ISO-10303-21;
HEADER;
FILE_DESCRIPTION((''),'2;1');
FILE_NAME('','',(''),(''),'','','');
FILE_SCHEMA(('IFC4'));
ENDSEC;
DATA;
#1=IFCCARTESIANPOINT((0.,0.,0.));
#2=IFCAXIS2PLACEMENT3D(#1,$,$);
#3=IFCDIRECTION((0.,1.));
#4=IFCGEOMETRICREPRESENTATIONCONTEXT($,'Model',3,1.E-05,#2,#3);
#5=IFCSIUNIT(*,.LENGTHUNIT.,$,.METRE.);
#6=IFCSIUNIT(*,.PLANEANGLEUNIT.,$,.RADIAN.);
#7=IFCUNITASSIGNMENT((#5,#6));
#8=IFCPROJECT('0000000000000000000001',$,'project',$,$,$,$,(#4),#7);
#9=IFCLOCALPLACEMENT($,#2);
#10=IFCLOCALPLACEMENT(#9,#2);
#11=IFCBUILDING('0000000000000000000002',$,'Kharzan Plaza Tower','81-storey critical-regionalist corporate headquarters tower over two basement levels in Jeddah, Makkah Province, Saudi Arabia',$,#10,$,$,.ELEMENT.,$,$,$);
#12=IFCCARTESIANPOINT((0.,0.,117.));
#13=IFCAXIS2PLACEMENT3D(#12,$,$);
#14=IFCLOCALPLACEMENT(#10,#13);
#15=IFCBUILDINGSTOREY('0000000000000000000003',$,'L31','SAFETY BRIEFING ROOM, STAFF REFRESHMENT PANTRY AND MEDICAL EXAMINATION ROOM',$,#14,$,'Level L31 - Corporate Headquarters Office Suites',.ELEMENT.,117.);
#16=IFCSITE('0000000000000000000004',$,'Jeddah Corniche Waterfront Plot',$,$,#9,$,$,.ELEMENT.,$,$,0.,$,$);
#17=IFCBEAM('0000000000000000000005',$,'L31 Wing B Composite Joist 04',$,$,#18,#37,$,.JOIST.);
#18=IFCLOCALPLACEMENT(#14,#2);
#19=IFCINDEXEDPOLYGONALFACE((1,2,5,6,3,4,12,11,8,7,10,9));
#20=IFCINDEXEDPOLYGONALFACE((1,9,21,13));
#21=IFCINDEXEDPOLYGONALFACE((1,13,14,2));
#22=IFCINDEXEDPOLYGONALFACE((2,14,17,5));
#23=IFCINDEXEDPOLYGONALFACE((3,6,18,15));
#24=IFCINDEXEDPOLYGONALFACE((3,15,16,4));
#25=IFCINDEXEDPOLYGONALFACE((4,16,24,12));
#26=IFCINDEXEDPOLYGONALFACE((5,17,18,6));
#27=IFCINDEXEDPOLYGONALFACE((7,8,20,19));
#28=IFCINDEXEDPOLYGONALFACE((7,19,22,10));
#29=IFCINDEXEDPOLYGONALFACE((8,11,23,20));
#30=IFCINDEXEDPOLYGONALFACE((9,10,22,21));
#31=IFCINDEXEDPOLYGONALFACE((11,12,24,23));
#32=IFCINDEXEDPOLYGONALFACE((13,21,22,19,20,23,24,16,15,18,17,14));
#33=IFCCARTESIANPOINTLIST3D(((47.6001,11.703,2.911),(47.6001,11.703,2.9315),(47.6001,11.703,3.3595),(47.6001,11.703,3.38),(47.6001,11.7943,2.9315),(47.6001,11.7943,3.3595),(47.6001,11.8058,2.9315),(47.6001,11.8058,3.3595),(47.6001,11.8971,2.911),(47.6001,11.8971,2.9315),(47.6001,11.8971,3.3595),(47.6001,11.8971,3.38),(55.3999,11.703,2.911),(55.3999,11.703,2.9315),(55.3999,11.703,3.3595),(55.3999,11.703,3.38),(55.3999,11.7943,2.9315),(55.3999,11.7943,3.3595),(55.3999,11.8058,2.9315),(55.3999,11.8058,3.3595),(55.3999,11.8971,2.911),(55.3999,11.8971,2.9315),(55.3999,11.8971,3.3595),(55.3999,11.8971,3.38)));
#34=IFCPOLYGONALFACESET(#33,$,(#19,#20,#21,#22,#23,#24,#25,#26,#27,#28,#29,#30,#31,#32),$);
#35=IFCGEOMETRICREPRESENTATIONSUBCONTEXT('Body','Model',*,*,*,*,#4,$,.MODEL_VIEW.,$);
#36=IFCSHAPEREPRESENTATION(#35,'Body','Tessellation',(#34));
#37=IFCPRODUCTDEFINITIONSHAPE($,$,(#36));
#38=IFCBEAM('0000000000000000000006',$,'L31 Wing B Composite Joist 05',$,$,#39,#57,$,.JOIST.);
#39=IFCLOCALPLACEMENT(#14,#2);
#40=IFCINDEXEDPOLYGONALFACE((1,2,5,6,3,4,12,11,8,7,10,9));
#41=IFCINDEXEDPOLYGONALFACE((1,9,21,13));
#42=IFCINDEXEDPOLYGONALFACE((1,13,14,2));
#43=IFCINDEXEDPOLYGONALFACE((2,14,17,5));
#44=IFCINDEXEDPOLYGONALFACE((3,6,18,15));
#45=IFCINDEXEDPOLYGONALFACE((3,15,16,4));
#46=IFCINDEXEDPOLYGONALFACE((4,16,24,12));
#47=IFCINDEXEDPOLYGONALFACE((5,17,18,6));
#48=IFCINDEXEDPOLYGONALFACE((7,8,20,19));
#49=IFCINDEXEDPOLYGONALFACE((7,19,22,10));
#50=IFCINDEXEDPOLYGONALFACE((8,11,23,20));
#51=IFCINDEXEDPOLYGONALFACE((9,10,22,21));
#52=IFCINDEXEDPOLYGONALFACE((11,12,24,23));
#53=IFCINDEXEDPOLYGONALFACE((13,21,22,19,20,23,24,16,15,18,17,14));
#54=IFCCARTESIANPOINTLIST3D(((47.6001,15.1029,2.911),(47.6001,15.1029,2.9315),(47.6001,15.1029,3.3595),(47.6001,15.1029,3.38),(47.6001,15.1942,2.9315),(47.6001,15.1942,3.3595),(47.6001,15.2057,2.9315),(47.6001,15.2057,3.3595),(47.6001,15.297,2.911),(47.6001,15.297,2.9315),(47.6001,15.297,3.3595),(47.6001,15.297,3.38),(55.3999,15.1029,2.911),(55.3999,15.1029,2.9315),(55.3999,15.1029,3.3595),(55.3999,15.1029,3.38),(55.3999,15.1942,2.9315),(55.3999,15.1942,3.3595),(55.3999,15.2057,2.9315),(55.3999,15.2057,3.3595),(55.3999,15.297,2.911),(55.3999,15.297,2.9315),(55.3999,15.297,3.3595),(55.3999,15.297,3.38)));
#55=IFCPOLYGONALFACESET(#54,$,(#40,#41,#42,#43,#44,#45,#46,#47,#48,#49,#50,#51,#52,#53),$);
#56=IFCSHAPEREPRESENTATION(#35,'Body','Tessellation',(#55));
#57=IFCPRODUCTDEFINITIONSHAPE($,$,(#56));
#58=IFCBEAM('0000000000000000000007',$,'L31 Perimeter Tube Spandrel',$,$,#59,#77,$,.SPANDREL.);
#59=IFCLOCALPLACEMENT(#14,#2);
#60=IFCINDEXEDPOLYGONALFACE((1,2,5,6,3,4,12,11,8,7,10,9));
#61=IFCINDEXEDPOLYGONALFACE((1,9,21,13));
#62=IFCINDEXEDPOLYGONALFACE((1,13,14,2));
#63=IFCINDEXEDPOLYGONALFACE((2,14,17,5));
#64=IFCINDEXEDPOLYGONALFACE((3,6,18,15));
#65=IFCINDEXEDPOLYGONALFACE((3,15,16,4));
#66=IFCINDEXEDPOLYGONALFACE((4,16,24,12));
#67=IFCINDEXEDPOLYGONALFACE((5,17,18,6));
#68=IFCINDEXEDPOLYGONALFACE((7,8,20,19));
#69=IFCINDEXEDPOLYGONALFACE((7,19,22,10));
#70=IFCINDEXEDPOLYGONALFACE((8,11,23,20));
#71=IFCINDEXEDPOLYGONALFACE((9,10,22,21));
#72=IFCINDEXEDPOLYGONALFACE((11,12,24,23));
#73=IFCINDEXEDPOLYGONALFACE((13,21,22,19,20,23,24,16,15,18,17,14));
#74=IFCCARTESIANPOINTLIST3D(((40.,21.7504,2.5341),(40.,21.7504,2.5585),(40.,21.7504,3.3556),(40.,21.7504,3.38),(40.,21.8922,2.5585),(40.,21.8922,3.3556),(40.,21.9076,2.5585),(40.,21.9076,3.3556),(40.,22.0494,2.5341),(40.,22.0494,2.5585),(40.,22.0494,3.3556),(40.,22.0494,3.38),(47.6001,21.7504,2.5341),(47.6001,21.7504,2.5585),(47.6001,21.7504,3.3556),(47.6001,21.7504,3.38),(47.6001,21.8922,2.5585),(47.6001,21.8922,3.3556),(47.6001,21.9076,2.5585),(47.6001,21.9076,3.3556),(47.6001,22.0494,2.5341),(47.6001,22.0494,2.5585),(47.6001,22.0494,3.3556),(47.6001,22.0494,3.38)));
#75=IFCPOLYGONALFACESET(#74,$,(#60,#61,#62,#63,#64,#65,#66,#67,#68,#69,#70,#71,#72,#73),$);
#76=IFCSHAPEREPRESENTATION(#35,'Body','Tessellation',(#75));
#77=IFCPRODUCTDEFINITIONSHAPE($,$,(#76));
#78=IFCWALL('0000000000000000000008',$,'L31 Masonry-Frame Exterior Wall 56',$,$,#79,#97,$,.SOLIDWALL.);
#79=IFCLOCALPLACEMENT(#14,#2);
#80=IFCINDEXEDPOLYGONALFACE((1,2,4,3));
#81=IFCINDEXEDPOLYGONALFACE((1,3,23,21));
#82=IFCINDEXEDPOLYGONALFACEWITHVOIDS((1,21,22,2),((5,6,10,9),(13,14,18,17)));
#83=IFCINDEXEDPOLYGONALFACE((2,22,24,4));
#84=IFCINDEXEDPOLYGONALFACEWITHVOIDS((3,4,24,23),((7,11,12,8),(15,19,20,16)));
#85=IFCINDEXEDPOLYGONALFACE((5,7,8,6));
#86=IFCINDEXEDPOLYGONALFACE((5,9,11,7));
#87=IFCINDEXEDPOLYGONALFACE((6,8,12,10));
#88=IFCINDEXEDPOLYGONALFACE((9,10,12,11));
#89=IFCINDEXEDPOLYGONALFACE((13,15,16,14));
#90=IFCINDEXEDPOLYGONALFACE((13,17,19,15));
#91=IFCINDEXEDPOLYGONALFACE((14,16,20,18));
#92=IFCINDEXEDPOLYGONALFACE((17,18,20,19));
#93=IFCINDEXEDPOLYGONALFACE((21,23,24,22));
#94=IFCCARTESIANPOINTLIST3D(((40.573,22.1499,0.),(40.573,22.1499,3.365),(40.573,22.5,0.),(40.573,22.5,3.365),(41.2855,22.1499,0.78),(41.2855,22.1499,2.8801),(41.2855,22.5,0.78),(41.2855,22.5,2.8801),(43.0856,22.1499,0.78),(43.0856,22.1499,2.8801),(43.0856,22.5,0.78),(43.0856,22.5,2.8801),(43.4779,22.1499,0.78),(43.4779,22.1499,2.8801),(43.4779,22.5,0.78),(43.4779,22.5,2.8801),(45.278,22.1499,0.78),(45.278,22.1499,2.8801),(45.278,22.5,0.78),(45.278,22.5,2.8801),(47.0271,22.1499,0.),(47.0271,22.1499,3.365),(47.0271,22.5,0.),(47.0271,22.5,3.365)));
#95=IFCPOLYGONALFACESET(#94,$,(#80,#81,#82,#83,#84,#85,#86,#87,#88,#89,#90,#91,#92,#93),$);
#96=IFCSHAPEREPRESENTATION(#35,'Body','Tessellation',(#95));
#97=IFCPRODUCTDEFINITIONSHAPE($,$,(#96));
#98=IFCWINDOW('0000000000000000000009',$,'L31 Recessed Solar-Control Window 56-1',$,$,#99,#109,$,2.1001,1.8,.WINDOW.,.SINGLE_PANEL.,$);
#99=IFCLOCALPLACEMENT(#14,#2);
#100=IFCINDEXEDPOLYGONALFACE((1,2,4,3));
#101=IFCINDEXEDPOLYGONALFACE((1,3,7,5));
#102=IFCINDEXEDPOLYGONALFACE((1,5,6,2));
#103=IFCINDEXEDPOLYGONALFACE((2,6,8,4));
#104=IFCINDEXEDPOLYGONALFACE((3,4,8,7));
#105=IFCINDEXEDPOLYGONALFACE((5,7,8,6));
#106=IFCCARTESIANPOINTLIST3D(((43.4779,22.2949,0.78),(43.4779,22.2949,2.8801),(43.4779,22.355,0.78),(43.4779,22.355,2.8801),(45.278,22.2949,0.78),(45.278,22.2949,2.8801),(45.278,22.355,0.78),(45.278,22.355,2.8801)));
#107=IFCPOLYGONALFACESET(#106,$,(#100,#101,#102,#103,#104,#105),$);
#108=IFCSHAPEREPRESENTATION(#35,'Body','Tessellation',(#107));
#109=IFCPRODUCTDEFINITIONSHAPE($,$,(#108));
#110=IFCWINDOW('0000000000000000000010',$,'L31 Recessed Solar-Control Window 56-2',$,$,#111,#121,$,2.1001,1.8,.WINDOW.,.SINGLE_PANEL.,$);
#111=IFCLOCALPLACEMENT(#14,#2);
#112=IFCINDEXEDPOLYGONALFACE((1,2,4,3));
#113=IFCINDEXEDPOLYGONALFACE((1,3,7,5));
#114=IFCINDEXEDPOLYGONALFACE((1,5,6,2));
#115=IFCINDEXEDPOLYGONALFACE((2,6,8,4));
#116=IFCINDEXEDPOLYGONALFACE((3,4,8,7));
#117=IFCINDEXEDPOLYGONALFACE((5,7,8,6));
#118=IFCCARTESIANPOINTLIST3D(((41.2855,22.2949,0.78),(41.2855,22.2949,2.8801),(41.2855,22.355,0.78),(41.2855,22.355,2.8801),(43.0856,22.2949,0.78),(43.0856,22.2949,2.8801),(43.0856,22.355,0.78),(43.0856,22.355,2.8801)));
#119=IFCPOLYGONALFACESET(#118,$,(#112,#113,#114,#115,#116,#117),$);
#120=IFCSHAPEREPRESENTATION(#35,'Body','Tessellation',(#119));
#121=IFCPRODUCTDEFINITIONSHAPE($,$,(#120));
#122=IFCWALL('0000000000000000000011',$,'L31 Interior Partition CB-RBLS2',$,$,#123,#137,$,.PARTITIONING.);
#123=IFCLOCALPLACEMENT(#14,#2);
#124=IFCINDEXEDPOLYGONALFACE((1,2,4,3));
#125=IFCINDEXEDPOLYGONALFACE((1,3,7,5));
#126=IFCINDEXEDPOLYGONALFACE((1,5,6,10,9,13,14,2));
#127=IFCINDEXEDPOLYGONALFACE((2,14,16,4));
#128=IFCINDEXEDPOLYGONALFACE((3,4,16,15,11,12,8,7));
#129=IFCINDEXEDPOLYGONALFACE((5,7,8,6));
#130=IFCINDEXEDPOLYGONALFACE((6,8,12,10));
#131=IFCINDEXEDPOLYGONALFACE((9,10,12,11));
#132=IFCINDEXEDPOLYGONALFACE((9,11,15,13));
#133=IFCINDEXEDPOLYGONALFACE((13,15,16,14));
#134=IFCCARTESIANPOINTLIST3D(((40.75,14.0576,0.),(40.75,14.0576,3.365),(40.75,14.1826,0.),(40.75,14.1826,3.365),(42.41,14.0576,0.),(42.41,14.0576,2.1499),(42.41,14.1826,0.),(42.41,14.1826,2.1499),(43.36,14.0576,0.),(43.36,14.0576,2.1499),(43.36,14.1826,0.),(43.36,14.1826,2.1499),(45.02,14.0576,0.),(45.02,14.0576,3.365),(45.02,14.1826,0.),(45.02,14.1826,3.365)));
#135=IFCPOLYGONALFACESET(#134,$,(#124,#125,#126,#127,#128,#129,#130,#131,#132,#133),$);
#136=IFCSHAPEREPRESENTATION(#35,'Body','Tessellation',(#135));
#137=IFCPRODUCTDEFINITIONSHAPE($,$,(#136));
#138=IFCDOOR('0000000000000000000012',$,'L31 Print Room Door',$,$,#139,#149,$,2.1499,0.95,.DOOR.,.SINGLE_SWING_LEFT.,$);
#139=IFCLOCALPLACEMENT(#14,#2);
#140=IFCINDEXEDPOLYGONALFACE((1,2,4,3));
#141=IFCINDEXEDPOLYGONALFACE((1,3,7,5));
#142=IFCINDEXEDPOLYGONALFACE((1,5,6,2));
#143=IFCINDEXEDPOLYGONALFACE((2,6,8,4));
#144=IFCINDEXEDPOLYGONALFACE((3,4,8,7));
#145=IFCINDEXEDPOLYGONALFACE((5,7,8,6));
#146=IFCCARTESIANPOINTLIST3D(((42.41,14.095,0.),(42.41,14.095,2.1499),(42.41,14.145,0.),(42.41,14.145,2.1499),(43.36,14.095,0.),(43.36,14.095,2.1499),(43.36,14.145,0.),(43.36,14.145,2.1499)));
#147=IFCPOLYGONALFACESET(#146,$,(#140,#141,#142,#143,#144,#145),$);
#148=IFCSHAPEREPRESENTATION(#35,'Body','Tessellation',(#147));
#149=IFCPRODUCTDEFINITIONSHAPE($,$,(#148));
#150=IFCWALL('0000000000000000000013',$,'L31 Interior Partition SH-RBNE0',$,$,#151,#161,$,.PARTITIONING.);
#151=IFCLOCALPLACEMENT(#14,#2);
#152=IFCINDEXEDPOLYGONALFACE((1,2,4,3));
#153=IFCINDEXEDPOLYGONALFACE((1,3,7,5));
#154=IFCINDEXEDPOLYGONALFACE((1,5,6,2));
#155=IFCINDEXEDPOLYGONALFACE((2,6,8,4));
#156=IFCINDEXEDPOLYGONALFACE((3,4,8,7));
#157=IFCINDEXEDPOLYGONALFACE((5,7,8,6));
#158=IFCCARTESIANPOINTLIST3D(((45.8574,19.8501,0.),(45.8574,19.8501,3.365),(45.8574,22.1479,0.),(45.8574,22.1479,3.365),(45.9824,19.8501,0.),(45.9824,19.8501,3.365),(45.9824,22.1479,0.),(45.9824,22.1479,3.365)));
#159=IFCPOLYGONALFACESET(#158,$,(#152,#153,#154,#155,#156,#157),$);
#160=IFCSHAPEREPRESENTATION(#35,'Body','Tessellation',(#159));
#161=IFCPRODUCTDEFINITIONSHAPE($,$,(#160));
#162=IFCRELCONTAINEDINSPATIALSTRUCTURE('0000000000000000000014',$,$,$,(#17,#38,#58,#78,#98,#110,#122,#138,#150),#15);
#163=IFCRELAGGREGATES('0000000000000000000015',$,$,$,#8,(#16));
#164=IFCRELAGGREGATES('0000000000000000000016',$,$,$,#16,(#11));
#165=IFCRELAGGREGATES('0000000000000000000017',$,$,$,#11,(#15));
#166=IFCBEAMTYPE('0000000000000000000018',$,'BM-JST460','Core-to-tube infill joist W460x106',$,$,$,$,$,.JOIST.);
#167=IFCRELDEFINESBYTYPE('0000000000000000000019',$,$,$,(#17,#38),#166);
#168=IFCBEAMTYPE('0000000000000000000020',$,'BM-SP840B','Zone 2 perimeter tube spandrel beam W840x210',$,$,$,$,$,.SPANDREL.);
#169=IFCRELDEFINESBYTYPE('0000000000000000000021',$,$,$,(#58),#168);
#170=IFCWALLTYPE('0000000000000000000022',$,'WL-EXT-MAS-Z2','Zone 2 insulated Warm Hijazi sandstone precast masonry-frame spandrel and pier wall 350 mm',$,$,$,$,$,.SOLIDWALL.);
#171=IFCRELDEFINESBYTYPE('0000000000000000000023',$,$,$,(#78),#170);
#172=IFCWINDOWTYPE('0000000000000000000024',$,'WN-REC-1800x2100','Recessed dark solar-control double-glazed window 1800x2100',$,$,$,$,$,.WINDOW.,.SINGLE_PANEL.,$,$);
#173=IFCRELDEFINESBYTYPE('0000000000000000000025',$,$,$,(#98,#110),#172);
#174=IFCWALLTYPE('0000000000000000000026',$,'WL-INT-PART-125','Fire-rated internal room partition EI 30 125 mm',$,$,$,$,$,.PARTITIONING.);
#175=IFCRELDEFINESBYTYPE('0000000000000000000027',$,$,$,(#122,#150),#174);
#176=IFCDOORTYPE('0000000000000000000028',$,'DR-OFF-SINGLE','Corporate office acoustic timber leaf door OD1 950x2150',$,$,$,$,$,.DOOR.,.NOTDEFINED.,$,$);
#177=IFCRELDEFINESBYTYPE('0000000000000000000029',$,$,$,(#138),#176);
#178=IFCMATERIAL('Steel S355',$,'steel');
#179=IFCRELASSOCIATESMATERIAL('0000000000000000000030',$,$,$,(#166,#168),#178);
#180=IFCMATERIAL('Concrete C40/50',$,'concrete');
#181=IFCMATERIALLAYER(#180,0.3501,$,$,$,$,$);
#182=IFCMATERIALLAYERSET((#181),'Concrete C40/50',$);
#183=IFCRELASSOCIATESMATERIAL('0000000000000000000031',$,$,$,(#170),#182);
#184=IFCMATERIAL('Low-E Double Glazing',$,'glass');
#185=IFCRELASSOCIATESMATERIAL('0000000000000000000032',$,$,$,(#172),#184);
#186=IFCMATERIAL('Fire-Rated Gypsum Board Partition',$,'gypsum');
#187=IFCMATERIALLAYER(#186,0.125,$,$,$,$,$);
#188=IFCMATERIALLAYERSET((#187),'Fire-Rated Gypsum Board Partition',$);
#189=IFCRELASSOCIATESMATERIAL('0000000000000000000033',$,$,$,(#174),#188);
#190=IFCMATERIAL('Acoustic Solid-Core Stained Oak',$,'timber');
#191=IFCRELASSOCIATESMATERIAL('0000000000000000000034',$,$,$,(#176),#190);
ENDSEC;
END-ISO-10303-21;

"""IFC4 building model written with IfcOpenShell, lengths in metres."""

from ifc_helpers import new_model, si_unit, direction, frame, frame_2d, origin, origin_2d, place, context, subcontext, project, spatial, rectangle, i_section, extrude, source, transform, mapped, material, layer, layer_set, material_profile, profile_set, type_object, element, fill, save


model = new_model("IFC4")

# Units and contexts
model_context = context("Model", 3, precision=1e-05, world=origin(), true_north=direction((0.0, 1.0)))
body_context = subcontext(model_context, "Body", "Model", "MODEL_VIEW")
ifc_project = project(units=[si_unit("LENGTHUNIT", "METRE"), si_unit("PLANEANGLEUNIT", "RADIAN")], contexts=[model_context])

# Site, building, storey
site_placement = place(None, origin())
site = spatial("IfcSite", under=ifc_project, at=site_placement, Name="Jeddah Corniche Waterfront Plot", CompositionType="ELEMENT", RefElevation=0.0)
building_placement = place(site_placement, origin())
building = spatial("IfcBuilding", under=site, at=building_placement, Name="Kharzan Plaza Tower", Description="81-storey critical-regionalist corporate headquarters tower over two basement levels in Jeddah, Makkah Province, Saudi Arabia", CompositionType="ELEMENT")
storey_placement = place(building_placement, frame((0.0, 0.0, 117.0)))
storey = spatial("IfcBuildingStorey", under=building, at=storey_placement, Name="L31", Description="SAFETY BRIEFING ROOM, STAFF REFRESHMENT PANTRY AND MEDICAL EXAMINATION ROOM", LongName="Level L31 - Corporate Headquarters Office Suites", CompositionType="ELEMENT", Elevation=117.0)

# Beams
ifc_material_1 = material(Name="Steel S355", Category="steel")
ifc_material_profile_1 = material_profile(ifc_material_1, i_section(OverallWidth=0.1941, OverallDepth=0.469, WebThickness=0.0115, FlangeThickness=0.0205, at=origin_2d()), Name="W460x106")
ifc_profile_set_1 = profile_set([ifc_material_profile_1], Name="Steel S355")
beam_type_1 = type_object("IfcBeamType", Name="BM-JST460", Description="Core-to-tube infill joist W460x106", PredefinedType="JOIST", material=ifc_profile_set_1)
shared_shape_1 = source(origin(), body_context, "Body", "SweptSolid", [
    extrude(i_section(OverallWidth=0.1941, OverallDepth=0.469, WebThickness=0.0115, FlangeThickness=0.0205, at=origin_2d()), origin(), (0.0, 0.0, 1.0), 7.7998),
])
for number, where, z_axis, x_axis, name in (
    (1, (47.6001, 11.8, 3.1455), (1.0, 0.0, 0.0), (0.0, 1.0, 0.0), "L31 Wing B Composite Joist 04"),
    (2, (47.6001, 15.2, 3.1455), (1.0, 0.0, 0.0), (0.0, 1.0, 0.0), "L31 Wing B Composite Joist 05"),
):
    element("IfcBeam", number, at=place(storey_placement, frame(where, z_axis=z_axis, x_axis=x_axis)), inside=storey, type_object=beam_type_1, Name=name, PredefinedType="JOIST", context=body_context, shape_type="MappedRepresentation", body=[
        mapped(shared_shape_1, transform((0.0, 0.0, 0.0), x_axis=(1.0, 0.0, 0.0), y_axis=(0.0, 1.0, 0.0), z_axis=(0.0, 0.0, 1.0))),
    ])
ifc_material_profile_2 = material_profile(ifc_material_1, i_section(OverallWidth=0.2991, OverallDepth=0.8459, WebThickness=0.0154, FlangeThickness=0.0244, at=origin_2d()), Name="W840x210")
ifc_profile_set_2 = profile_set([ifc_material_profile_2], Name="Steel S355")
beam_type_2 = type_object("IfcBeamType", Name="BM-SP840B", Description="Zone 2 perimeter tube spandrel beam W840x210", PredefinedType="SPANDREL", material=ifc_profile_set_2)
shared_shape_2 = source(origin(), body_context, "Body", "SweptSolid", [
    extrude(i_section(OverallWidth=0.2991, OverallDepth=0.8459, WebThickness=0.0154, FlangeThickness=0.0244, at=origin_2d()), origin(), (0.0, 0.0, 1.0), 7.6001),
])
beam_1_placement = place(storey_placement, frame((40.0, 21.8999, 2.957), z_axis=(1.0, 0.0, 0.0), x_axis=(0.0, 1.0, 0.0)))
element("IfcBeam", 3, at=beam_1_placement, inside=storey, type_object=beam_type_2, Name="L31 Perimeter Tube Spandrel", PredefinedType="SPANDREL", context=body_context, shape_type="MappedRepresentation", body=[
    mapped(shared_shape_2, transform((0.0, 0.0, 0.0), x_axis=(1.0, 0.0, 0.0), y_axis=(0.0, 1.0, 0.0), z_axis=(0.0, 0.0, 1.0))),
])

# Wall, openings, windows
ifc_material_2 = material(Name="Concrete C40/50", Category="concrete")
ifc_layer_1 = layer(ifc_material_2, 0.3501)
ifc_layer_set_1 = layer_set([ifc_layer_1], Name="Concrete C40/50")
wall_type_1 = type_object("IfcWallType", Name="WL-EXT-MAS-Z2", Description="Zone 2 insulated Warm Hijazi sandstone precast masonry-frame spandrel and pier wall 350 mm", PredefinedType="SOLIDWALL", material=ifc_layer_set_1)
wall_1_placement = place(storey_placement, frame((47.0271, 22.325, 0.0), z_axis=(0.0, 0.0, 1.0), x_axis=(-1.0, 0.0, 0.0)))
wall_1 = element("IfcWall", 4, at=wall_1_placement, inside=storey, type_object=wall_type_1, Name="L31 Masonry-Frame Exterior Wall 56", PredefinedType="SOLIDWALL", context=body_context, shape_type="SweptSolid", body=[
    extrude(rectangle(XDim=6.4541, YDim=0.3501, at=frame_2d((3.2271, 0.0))), origin(), (0.0, 0.0, 1.0), 3.365),
])
opening_1_placement = place(wall_1_placement, frame((1.7493, 0.0, 0.78)))
opening_1 = element("IfcOpeningElement", 5, at=opening_1_placement, cuts=wall_1, PredefinedType="OPENING", context=body_context, shape_type="SweptSolid", body=[
    extrude(rectangle(XDim=1.8, YDim=2.1001, at=frame_2d((0.8999, 1.05))), frame((0.0, 0.1851, 0.0), z_axis=(0.0, -1.0, 0.0), x_axis=(1.0, 0.0, 0.0)), (0.0, 0.0, 1.0), 0.3701),
])
opening_2_placement = place(wall_1_placement, frame((3.9417, 0.0, 0.78)))
opening_2 = element("IfcOpeningElement", 6, at=opening_2_placement, cuts=wall_1, PredefinedType="OPENING", context=body_context, shape_type="SweptSolid", body=[
    extrude(rectangle(XDim=1.8, YDim=2.1001, at=frame_2d((0.8999, 1.05))), frame((0.0, 0.1851, 0.0), z_axis=(0.0, -1.0, 0.0), x_axis=(1.0, 0.0, 0.0)), (0.0, 0.0, 1.0), 0.3701),
])
ifc_material_3 = material(Name="Low-E Double Glazing", Category="glass")
window_type = type_object("IfcWindowType", Name="WN-REC-1800x2100", Description="Recessed dark solar-control double-glazed window 1800x2100", PartitioningType="SINGLE_PANEL", PredefinedType="WINDOW", material=ifc_material_3)
shared_shape_3 = source(origin(), body_context, "Body", "SweptSolid", [
    extrude(rectangle(XDim=1.8, YDim=2.1001, at=frame_2d((0.8999, 1.05))), frame((0.0, 0.03, 0.0), z_axis=(0.0, -1.0, 0.0), x_axis=(1.0, 0.0, 0.0)), (0.0, 0.0, 1.0), 0.0601),
])
window_1_placement = place(opening_1_placement, origin())
window_1 = element("IfcWindow", 7, at=window_1_placement, inside=storey, type_object=window_type, Name="L31 Recessed Solar-Control Window 56-1", OverallHeight=2.1001, OverallWidth=1.8, PartitioningType="SINGLE_PANEL", PredefinedType="WINDOW", context=body_context, shape_type="MappedRepresentation", body=[
    mapped(shared_shape_3, transform((0.0, 0.0, 0.0), x_axis=(1.0, 0.0, 0.0), y_axis=(0.0, 1.0, 0.0), z_axis=(0.0, 0.0, 1.0))),
])
fill(opening_1, window_1)
window_2_placement = place(opening_2_placement, origin())
window_2 = element("IfcWindow", 8, at=window_2_placement, inside=storey, type_object=window_type, Name="L31 Recessed Solar-Control Window 56-2", OverallHeight=2.1001, OverallWidth=1.8, PartitioningType="SINGLE_PANEL", PredefinedType="WINDOW", context=body_context, shape_type="MappedRepresentation", body=[
    mapped(shared_shape_3, transform((0.0, 0.0, 0.0), x_axis=(1.0, 0.0, 0.0), y_axis=(0.0, 1.0, 0.0), z_axis=(0.0, 0.0, 1.0))),
])
fill(opening_2, window_2)

# Wall, opening, door
ifc_material_4 = material(Name="Fire-Rated Gypsum Board Partition", Category="gypsum")
ifc_layer_2 = layer(ifc_material_4, 0.125)
ifc_layer_set_2 = layer_set([ifc_layer_2], Name="Fire-Rated Gypsum Board Partition")
wall_type_2 = type_object("IfcWallType", Name="WL-INT-PART-125", Description="Fire-rated internal room partition EI 30 125 mm", PredefinedType="PARTITIONING", material=ifc_layer_set_2)
wall_2_placement = place(storey_placement, frame((40.75, 14.1201, 0.0), z_axis=(0.0, 0.0, 1.0), x_axis=(1.0, 0.0, 0.0)))
wall_2 = element("IfcWall", 9, at=wall_2_placement, inside=storey, type_object=wall_type_2, Name="L31 Interior Partition CB-RBLS2", PredefinedType="PARTITIONING", context=body_context, shape_type="SweptSolid", body=[
    extrude(rectangle(XDim=4.27, YDim=0.125, at=frame_2d((2.135, 0.0))), origin(), (0.0, 0.0, 1.0), 3.365),
])
opening_3_placement = place(wall_2_placement, frame((1.6599, 0.0, 0.0)))
opening_3 = element("IfcOpeningElement", 10, at=opening_3_placement, cuts=wall_2, PredefinedType="OPENING", context=body_context, shape_type="SweptSolid", body=[
    extrude(rectangle(XDim=0.95, YDim=2.1499, at=frame_2d((0.4751, 1.075))), frame((0.0, 0.0725, 0.0), z_axis=(0.0, -1.0, 0.0), x_axis=(1.0, 0.0, 0.0)), (0.0, 0.0, 1.0), 0.145),
])
ifc_material_5 = material(Name="Acoustic Solid-Core Stained Oak", Category="timber")
door_type_1 = type_object("IfcDoorType", Name="DR-OFF-SINGLE", Description="Corporate office acoustic timber leaf door OD1 950x2150", OperationType="NOTDEFINED", PredefinedType="DOOR", material=ifc_material_5)
shared_shape_4 = source(origin(), body_context, "Body", "SweptSolid", [
    extrude(rectangle(XDim=0.95, YDim=2.1499, at=frame_2d((0.4751, 1.075))), frame((0.0, 0.0249, 0.0), z_axis=(0.0, -1.0, 0.0), x_axis=(1.0, 0.0, 0.0)), (0.0, 0.0, 1.0), 0.05),
])
door_1_placement = place(opening_3_placement, origin())
door_1 = element("IfcDoor", 11, at=door_1_placement, inside=storey, type_object=door_type_1, Name="L31 Print Room Door", OperationType="SINGLE_SWING_LEFT", OverallHeight=2.1499, OverallWidth=0.95, PredefinedType="DOOR", context=body_context, shape_type="MappedRepresentation", body=[
    mapped(shared_shape_4, transform((0.0, 0.0, 0.0), x_axis=(1.0, 0.0, 0.0), y_axis=(0.0, 1.0, 0.0), z_axis=(0.0, 0.0, 1.0))),
])
fill(opening_3, door_1)

# Wall
shared_shape_5 = source(origin(), body_context, "Body", "SweptSolid", [
    extrude(rectangle(XDim=2.2979, YDim=0.125, at=frame_2d((1.1489, 0.0))), origin(), (0.0, 0.0, 1.0), 3.365),
])
wall_3_placement = place(storey_placement, frame((45.9199, 19.8501, 0.0), z_axis=(0.0, 0.0, 1.0), x_axis=(0.0, 1.0, 0.0)))
element("IfcWall", 12, at=wall_3_placement, inside=storey, type_object=wall_type_2, Name="L31 Interior Partition SH-RBNE0", PredefinedType="PARTITIONING", context=body_context, shape_type="MappedRepresentation", body=[
    mapped(shared_shape_5, transform((0.0, 0.0, 0.0), x_axis=(1.0, 0.0, 0.0), y_axis=(0.0, 1.0, 0.0), z_axis=(0.0, 0.0, 1.0))),
])

save(model, "model.ifc")
